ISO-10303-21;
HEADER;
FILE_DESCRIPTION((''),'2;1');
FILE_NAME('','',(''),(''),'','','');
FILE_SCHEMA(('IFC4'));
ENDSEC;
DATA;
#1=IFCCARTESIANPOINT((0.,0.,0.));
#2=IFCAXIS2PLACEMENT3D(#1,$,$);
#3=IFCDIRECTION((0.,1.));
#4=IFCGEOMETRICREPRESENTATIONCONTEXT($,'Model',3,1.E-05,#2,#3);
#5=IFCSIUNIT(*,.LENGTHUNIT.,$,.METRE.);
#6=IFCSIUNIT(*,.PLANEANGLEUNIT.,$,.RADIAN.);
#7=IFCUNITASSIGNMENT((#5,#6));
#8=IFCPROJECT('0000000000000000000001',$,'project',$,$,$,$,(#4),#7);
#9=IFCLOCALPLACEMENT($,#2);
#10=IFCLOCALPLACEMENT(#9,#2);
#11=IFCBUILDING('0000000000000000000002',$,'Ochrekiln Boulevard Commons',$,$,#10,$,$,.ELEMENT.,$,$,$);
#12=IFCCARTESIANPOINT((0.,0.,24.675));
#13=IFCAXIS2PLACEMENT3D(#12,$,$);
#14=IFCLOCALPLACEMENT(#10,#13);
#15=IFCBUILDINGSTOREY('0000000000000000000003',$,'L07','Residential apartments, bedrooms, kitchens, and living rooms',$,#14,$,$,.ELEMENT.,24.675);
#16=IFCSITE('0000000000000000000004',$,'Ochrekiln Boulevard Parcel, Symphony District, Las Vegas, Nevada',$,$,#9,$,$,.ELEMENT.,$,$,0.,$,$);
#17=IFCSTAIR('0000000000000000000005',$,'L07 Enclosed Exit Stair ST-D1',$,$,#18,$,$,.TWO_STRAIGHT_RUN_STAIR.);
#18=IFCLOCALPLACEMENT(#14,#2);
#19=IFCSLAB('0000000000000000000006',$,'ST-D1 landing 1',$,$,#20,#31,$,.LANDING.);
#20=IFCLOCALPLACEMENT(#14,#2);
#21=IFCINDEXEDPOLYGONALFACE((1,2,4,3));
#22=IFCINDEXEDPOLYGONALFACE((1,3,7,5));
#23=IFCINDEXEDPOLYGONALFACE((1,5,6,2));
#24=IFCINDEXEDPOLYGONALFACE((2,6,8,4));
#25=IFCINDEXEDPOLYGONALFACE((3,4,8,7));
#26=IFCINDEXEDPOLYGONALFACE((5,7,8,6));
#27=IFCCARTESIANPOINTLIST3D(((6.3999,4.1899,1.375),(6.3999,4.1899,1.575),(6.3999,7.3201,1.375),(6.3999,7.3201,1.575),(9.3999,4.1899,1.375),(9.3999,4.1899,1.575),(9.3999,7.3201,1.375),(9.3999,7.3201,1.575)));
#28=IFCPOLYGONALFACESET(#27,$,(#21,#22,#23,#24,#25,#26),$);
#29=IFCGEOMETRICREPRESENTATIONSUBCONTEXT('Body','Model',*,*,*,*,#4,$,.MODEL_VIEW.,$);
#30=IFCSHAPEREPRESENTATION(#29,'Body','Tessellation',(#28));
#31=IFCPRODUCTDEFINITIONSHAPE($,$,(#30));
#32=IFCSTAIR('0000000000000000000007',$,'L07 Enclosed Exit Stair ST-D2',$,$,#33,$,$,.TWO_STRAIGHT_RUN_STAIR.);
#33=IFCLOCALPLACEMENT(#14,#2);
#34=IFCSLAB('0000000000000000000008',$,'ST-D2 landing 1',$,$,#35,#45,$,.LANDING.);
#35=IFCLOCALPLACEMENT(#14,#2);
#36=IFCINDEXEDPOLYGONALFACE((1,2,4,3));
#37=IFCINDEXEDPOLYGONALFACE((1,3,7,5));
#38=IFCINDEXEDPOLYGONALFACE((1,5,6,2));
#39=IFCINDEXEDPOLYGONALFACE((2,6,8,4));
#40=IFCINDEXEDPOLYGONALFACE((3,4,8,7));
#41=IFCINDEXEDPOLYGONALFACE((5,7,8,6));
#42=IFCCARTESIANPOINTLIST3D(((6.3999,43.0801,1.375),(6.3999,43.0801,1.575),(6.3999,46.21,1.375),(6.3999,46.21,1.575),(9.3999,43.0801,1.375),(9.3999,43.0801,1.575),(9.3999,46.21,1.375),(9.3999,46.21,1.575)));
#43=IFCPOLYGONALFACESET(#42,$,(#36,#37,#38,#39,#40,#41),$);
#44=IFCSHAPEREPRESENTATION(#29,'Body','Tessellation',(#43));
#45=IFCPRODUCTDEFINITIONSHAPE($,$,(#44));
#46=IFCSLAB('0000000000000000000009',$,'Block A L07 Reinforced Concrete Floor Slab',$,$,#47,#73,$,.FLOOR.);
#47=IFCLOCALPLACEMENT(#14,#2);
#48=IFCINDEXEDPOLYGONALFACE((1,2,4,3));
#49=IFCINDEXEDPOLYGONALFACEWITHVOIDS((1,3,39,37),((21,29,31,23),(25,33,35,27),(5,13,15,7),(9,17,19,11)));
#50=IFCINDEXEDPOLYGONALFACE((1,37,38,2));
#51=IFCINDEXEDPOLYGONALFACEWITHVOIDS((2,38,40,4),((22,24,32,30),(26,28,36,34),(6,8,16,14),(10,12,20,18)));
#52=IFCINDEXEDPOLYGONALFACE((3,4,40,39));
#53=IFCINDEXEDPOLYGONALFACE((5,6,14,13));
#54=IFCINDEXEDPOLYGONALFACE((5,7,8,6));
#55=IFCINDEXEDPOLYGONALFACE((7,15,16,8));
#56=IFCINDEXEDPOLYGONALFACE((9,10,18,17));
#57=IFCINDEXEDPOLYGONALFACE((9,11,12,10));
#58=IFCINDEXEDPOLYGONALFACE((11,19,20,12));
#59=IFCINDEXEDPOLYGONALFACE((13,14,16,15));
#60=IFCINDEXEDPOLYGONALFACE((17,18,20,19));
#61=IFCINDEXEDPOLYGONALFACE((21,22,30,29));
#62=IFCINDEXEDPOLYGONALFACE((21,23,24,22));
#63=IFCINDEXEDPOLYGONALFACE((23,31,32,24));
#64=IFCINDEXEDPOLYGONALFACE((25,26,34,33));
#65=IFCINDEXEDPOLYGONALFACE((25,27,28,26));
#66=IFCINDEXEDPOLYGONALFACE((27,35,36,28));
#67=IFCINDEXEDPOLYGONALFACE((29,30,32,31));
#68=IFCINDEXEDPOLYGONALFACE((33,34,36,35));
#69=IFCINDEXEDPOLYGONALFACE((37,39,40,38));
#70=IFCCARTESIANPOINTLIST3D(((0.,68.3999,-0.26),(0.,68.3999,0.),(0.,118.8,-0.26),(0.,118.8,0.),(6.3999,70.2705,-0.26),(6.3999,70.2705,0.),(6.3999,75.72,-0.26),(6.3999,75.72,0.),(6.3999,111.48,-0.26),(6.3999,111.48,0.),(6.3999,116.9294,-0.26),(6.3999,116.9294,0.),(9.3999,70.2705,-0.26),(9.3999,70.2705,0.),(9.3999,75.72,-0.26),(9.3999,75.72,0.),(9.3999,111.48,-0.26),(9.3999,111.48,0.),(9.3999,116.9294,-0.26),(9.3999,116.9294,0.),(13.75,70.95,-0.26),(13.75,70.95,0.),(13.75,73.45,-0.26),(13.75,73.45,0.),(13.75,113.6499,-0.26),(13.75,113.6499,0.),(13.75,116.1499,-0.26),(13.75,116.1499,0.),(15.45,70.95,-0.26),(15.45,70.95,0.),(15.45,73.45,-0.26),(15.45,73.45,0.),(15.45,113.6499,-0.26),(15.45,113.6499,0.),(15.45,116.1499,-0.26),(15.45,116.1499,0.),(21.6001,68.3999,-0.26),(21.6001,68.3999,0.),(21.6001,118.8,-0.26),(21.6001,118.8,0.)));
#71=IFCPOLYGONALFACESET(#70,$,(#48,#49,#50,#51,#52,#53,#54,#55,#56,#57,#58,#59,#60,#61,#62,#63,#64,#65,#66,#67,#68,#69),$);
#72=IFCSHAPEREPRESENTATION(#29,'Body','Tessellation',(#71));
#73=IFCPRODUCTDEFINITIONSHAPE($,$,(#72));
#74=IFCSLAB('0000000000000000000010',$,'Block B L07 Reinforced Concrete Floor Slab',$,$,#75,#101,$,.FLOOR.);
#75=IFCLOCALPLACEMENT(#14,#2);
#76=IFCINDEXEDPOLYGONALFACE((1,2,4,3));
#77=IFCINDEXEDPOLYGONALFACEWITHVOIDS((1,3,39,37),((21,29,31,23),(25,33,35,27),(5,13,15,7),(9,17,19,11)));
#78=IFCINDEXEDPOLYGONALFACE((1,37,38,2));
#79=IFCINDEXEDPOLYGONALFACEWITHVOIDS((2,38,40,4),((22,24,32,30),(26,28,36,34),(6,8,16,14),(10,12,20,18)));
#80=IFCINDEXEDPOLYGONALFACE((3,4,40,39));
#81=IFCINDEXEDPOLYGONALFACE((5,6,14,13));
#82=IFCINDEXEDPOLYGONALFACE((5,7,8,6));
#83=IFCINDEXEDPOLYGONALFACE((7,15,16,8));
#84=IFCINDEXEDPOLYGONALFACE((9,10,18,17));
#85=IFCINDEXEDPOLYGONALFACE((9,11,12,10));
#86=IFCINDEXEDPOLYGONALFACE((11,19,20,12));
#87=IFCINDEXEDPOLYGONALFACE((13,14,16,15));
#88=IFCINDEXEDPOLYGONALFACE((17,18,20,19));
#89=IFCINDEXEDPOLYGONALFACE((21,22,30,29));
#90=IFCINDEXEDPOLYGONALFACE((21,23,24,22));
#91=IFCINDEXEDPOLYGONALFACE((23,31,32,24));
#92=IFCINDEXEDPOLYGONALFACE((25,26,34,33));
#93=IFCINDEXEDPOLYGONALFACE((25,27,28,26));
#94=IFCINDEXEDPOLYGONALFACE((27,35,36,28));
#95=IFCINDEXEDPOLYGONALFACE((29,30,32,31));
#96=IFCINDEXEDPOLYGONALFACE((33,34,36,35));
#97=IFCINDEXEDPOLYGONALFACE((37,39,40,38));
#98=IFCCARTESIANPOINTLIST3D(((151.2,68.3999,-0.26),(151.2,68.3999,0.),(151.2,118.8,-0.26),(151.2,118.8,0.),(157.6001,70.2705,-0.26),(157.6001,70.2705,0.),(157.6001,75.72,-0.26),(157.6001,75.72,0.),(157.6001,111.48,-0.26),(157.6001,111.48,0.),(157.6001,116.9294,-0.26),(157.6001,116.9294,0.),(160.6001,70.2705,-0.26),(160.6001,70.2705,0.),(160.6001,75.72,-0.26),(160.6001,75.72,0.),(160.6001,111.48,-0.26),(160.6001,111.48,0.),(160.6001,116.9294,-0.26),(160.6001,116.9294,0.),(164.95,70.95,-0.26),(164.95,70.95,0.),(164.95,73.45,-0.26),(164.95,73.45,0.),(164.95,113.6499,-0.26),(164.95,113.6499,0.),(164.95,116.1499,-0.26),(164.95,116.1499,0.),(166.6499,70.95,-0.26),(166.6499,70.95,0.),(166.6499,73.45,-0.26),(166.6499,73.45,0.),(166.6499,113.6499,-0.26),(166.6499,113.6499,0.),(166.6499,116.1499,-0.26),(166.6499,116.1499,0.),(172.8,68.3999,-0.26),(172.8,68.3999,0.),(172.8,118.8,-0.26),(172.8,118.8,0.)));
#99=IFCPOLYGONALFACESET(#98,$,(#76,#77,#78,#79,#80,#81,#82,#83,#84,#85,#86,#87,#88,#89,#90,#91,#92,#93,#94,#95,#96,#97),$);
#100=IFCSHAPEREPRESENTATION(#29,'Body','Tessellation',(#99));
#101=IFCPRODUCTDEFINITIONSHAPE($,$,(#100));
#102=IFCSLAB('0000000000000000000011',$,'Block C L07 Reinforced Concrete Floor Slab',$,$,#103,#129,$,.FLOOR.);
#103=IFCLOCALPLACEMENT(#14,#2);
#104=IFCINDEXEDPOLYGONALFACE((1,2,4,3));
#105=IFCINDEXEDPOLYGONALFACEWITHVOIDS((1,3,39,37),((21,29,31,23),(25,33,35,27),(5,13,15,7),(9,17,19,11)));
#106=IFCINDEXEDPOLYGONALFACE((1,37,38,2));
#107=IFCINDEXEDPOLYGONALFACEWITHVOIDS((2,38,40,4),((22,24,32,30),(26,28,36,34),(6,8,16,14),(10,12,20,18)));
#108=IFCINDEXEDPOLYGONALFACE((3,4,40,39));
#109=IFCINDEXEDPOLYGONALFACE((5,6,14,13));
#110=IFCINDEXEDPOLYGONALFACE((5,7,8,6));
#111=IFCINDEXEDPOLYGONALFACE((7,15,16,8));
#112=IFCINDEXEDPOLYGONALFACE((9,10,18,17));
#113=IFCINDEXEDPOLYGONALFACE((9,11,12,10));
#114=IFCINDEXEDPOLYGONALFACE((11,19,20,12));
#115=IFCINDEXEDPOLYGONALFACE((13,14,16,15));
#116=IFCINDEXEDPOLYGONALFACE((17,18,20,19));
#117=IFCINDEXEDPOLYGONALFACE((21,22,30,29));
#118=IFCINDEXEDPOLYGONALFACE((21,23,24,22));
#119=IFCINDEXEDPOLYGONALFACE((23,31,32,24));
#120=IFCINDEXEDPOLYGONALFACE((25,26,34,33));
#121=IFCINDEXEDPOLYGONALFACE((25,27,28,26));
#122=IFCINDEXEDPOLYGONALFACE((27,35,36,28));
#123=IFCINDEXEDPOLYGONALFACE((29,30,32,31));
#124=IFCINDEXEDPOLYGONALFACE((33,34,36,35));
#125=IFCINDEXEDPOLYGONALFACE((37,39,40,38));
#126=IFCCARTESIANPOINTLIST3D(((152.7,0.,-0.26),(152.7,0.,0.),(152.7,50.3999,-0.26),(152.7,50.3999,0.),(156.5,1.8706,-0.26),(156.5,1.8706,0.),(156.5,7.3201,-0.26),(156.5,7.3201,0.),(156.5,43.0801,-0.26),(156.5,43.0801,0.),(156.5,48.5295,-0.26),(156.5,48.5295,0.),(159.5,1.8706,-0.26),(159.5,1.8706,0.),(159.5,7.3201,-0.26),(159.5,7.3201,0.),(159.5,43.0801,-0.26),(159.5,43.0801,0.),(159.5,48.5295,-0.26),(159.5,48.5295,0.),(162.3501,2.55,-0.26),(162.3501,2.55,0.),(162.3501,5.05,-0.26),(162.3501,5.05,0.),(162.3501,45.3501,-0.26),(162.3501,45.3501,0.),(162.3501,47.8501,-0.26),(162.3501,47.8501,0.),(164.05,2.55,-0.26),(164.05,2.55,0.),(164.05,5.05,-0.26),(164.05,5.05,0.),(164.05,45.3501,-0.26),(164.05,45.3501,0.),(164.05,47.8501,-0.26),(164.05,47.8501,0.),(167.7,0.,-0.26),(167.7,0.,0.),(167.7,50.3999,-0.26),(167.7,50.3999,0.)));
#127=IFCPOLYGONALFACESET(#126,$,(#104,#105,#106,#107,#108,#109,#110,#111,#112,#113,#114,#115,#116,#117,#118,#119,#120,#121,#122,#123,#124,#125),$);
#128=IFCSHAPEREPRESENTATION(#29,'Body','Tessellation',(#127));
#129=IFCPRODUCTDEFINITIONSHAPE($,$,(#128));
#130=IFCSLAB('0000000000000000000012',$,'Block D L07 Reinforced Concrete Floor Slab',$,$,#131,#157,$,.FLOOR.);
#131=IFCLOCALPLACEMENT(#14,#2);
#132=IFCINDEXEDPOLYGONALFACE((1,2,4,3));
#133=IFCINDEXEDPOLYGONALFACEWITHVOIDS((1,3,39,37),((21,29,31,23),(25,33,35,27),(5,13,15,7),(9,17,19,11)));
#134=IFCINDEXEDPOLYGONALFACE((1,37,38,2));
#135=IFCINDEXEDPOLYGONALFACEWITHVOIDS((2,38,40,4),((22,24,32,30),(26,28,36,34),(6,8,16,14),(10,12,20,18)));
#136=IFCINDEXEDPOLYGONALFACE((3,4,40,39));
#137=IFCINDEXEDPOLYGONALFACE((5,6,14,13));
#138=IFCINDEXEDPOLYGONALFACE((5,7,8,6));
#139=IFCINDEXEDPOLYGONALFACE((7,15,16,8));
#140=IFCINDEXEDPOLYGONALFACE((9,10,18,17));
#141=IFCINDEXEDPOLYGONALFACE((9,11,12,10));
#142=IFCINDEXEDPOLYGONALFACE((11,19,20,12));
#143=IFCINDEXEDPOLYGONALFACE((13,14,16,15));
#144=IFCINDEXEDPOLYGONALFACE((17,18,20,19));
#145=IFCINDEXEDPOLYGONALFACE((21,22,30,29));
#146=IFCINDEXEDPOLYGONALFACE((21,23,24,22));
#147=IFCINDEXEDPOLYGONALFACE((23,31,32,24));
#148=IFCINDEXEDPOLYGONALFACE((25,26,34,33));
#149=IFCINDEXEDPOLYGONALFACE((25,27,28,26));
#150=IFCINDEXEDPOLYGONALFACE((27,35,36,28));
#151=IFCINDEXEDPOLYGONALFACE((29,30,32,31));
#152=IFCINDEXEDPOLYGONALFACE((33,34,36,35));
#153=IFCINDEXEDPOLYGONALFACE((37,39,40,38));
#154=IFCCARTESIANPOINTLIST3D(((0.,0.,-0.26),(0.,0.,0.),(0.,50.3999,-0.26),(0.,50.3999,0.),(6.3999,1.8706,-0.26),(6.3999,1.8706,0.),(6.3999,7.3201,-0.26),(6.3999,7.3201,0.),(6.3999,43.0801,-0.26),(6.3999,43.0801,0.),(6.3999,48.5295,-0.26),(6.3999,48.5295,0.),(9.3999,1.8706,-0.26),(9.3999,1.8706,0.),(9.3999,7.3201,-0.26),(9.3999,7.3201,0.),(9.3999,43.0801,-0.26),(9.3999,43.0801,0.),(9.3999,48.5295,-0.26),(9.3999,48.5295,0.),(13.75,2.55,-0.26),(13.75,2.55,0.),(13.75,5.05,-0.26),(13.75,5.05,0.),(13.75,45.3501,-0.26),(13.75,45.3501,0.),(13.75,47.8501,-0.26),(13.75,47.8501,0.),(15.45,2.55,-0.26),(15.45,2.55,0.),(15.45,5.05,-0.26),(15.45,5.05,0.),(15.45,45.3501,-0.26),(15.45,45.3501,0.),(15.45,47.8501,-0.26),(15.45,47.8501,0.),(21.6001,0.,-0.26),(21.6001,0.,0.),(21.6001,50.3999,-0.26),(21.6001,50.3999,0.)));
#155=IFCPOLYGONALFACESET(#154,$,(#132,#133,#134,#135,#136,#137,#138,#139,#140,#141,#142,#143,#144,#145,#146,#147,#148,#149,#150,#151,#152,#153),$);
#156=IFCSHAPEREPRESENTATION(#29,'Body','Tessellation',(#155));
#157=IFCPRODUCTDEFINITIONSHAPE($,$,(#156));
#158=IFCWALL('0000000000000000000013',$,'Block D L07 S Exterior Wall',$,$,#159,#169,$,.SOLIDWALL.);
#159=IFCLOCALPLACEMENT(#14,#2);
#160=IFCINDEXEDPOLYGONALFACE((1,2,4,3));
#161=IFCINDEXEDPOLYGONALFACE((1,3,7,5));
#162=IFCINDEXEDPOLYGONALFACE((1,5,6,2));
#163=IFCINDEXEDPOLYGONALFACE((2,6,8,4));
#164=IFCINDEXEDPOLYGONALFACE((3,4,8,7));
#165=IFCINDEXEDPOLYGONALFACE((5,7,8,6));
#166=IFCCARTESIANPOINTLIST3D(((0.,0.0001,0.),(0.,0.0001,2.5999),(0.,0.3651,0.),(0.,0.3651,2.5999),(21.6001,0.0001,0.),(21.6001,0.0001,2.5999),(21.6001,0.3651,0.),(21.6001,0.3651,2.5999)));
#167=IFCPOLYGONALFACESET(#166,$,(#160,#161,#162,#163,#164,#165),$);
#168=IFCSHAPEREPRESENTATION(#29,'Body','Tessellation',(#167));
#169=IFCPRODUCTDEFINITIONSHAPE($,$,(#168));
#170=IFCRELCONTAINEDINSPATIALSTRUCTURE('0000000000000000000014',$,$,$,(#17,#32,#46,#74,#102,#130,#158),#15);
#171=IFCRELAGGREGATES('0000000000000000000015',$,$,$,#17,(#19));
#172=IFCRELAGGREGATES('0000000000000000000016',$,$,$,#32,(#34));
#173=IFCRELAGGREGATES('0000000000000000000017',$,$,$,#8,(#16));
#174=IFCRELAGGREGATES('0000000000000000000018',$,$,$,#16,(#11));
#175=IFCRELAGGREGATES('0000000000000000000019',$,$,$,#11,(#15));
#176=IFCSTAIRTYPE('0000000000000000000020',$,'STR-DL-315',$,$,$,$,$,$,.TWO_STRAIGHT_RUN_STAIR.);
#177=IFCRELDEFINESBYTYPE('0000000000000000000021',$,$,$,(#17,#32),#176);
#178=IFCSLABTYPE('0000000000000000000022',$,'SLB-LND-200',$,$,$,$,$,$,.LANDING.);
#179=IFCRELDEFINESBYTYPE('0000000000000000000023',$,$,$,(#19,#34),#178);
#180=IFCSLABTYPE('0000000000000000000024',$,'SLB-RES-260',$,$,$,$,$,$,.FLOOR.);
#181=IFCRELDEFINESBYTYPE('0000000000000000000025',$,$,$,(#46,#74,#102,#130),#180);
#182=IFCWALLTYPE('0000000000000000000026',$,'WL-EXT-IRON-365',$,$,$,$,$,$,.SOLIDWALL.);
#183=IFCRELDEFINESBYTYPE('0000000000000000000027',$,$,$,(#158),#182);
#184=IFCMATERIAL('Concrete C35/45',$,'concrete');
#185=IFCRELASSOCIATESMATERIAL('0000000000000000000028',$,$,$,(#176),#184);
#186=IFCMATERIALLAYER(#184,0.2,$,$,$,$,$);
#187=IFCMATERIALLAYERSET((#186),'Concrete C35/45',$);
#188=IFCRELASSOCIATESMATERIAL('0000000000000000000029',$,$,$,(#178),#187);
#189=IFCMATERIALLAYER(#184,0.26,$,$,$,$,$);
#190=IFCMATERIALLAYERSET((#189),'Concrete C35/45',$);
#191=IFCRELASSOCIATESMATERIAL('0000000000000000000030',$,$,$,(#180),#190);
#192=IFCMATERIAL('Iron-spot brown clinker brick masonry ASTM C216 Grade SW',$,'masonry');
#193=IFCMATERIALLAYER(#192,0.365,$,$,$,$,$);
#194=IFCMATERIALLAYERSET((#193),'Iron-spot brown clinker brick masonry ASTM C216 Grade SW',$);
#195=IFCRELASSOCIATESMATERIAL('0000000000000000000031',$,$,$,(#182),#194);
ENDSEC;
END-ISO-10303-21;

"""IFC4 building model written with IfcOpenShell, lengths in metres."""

from ifc_helpers import new_model, si_unit, direction, frame, frame_2d, origin, place, context, subcontext, project, spatial, polyline, rectangle, outline, extrude, material, layer, layer_set, type_object, element, aggregate, save


model = new_model("IFC4")

# Units and contexts
model_context = context("Model", 3, precision=1e-05, world=origin(), true_north=direction((0.0, 1.0)))
body_context = subcontext(model_context, "Body", "Model", "MODEL_VIEW")
ifc_project = project(units=[si_unit("LENGTHUNIT", "METRE"), si_unit("PLANEANGLEUNIT", "RADIAN")], contexts=[model_context])

# Site, building, storey
site_placement = place(None, origin())
site = spatial("IfcSite", under=ifc_project, at=site_placement, Name="Ochrekiln Boulevard Parcel, Symphony District, Las Vegas, Nevada", CompositionType="ELEMENT", RefElevation=0.0)
building_placement = place(site_placement, origin())
building = spatial("IfcBuilding", under=site, at=building_placement, Name="Ochrekiln Boulevard Commons", CompositionType="ELEMENT")
storey_placement = place(building_placement, frame((0.0, 0.0, 24.675)))
storey = spatial("IfcBuildingStorey", under=building, at=storey_placement, Name="L07", Description="Residential apartments, bedrooms, kitchens, and living rooms", CompositionType="ELEMENT", Elevation=24.675)

# Shared definitions
ifc_material_1 = material(Name="Concrete C35/45", Category="concrete")

# Stairs, slabs
stair_type = type_object("IfcStairType", Name="STR-DL-315", PredefinedType="TWO_STRAIGHT_RUN_STAIR", material=ifc_material_1)
ifc_layer_1 = layer(ifc_material_1, 0.2)
ifc_layer_set_1 = layer_set([ifc_layer_1], Name="Concrete C35/45")
slab_type_1 = type_object("IfcSlabType", Name="SLB-LND-200", PredefinedType="LANDING", material=ifc_layer_set_1)
stair_1_placement = place(storey_placement, origin())
stair_1 = element("IfcStair", 1, at=stair_1_placement, inside=storey, type_object=stair_type, Name="L07 Enclosed Exit Stair ST-D1", PredefinedType="TWO_STRAIGHT_RUN_STAIR")
slab_1_placement = place(storey_placement, frame((0.0, 0.0, 1.375)))
slab_1 = element("IfcSlab", 2, at=slab_1_placement, type_object=slab_type_1, Name="ST-D1 landing 1", PredefinedType="LANDING", context=body_context, shape_type="SweptSolid", body=[
    extrude(outline(polyline([(9.3999, 4.1899), (9.3999, 7.3201), (6.3999, 7.3201), (6.3999, 4.1899), (9.3999, 4.1899)])), origin(), (0.0, 0.0, 1.0), 0.2),
])
aggregate(stair_1, [slab_1])
stair_2_placement = place(storey_placement, origin())
stair_2 = element("IfcStair", 3, at=stair_2_placement, inside=storey, type_object=stair_type, Name="L07 Enclosed Exit Stair ST-D2", PredefinedType="TWO_STRAIGHT_RUN_STAIR")
slab_2_placement = place(storey_placement, frame((0.0, 0.0, 1.375)))
slab_2 = element("IfcSlab", 4, at=slab_2_placement, type_object=slab_type_1, Name="ST-D2 landing 1", PredefinedType="LANDING", context=body_context, shape_type="SweptSolid", body=[
    extrude(outline(polyline([(6.3999, 46.21), (6.3999, 43.0801), (9.3999, 43.0801), (9.3999, 46.21), (6.3999, 46.21)])), origin(), (0.0, 0.0, 1.0), 0.2),
])
aggregate(stair_2, [slab_2])

# Slabs
ifc_layer_2 = layer(ifc_material_1, 0.26)
ifc_layer_set_2 = layer_set([ifc_layer_2], Name="Concrete C35/45")
slab_type_2 = type_object("IfcSlabType", Name="SLB-RES-260", PredefinedType="FLOOR", material=ifc_layer_set_2)
slab_3_placement = place(storey_placement, frame((0.0, 0.0, -0.26)))
element("IfcSlab", 5, at=slab_3_placement, inside=storey, type_object=slab_type_2, Name="Block A L07 Reinforced Concrete Floor Slab", PredefinedType="FLOOR", context=body_context, shape_type="SweptSolid", body=[
    extrude(outline(polyline([(0.0, 68.3999), (21.6001, 68.3999), (21.6001, 118.8), (0.0, 118.8), (0.0, 68.3999)]), holes=[polyline([(9.3999, 70.2705), (9.3999, 75.72), (6.3999, 75.72), (6.3999, 70.2705), (9.3999, 70.2705)]), polyline([(6.3999, 116.9294), (6.3999, 111.48), (9.3999, 111.48), (9.3999, 116.9294), (6.3999, 116.9294)]), polyline([(13.75, 70.95), (15.45, 70.95), (15.45, 73.45), (13.75, 73.45), (13.75, 70.95)]), polyline([(13.75, 113.6499), (15.45, 113.6499), (15.45, 116.1499), (13.75, 116.1499), (13.75, 113.6499)])]), origin(), (0.0, 0.0, 1.0), 0.26),
])
slab_4_placement = place(storey_placement, frame((0.0, 0.0, -0.26)))
element("IfcSlab", 6, at=slab_4_placement, inside=storey, type_object=slab_type_2, Name="Block B L07 Reinforced Concrete Floor Slab", PredefinedType="FLOOR", context=body_context, shape_type="SweptSolid", body=[
    extrude(outline(polyline([(151.2, 68.3999), (172.8, 68.3999), (172.8, 118.8), (151.2, 118.8), (151.2, 68.3999)]), holes=[polyline([(160.6001, 70.2705), (160.6001, 75.72), (157.6001, 75.72), (157.6001, 70.2705), (160.6001, 70.2705)]), polyline([(157.6001, 116.9294), (157.6001, 111.48), (160.6001, 111.48), (160.6001, 116.9294), (157.6001, 116.9294)]), polyline([(164.95, 70.95), (166.6499, 70.95), (166.6499, 73.45), (164.95, 73.45), (164.95, 70.95)]), polyline([(164.95, 113.6499), (166.6499, 113.6499), (166.6499, 116.1499), (164.95, 116.1499), (164.95, 113.6499)])]), origin(), (0.0, 0.0, 1.0), 0.26),
])
slab_5_placement = place(storey_placement, frame((0.0, 0.0, -0.26)))
element("IfcSlab", 7, at=slab_5_placement, inside=storey, type_object=slab_type_2, Name="Block C L07 Reinforced Concrete Floor Slab", PredefinedType="FLOOR", context=body_context, shape_type="SweptSolid", body=[
    extrude(outline(polyline([(152.7, 0.0), (167.7, 0.0), (167.7, 50.3999), (152.7, 50.3999), (152.7, 0.0)]), holes=[polyline([(159.5, 1.8706), (159.5, 7.3201), (156.5, 7.3201), (156.5, 1.8706), (159.5, 1.8706)]), polyline([(156.5, 48.5295), (156.5, 43.0801), (159.5, 43.0801), (159.5, 48.5295), (156.5, 48.5295)]), polyline([(162.3501, 2.55), (164.05, 2.55), (164.05, 5.05), (162.3501, 5.05), (162.3501, 2.55)]), polyline([(162.3501, 45.3501), (164.05, 45.3501), (164.05, 47.8501), (162.3501, 47.8501), (162.3501, 45.3501)])]), origin(), (0.0, 0.0, 1.0), 0.26),
])
slab_6_placement = place(storey_placement, frame((0.0, 0.0, -0.26)))
element("IfcSlab", 8, at=slab_6_placement, inside=storey, type_object=slab_type_2, Name="Block D L07 Reinforced Concrete Floor Slab", PredefinedType="FLOOR", context=body_context, shape_type="SweptSolid", body=[
    extrude(outline(polyline([(0.0, 0.0), (21.6001, 0.0), (21.6001, 50.3999), (0.0, 50.3999), (0.0, 0.0)]), holes=[polyline([(9.3999, 1.8706), (9.3999, 7.3201), (6.3999, 7.3201), (6.3999, 1.8706), (9.3999, 1.8706)]), polyline([(6.3999, 48.5295), (6.3999, 43.0801), (9.3999, 43.0801), (9.3999, 48.5295), (6.3999, 48.5295)]), polyline([(13.75, 2.55), (15.45, 2.55), (15.45, 5.05), (13.75, 5.05), (13.75, 2.55)]), polyline([(13.75, 45.3501), (15.45, 45.3501), (15.45, 47.8501), (13.75, 47.8501), (13.75, 45.3501)])]), origin(), (0.0, 0.0, 1.0), 0.26),
])

# Wall
ifc_material_2 = material(Name="Iron-spot brown clinker brick masonry ASTM C216 Grade SW", Category="masonry")
ifc_layer_3 = layer(ifc_material_2, 0.365)
ifc_layer_set_3 = layer_set([ifc_layer_3], Name="Iron-spot brown clinker brick masonry ASTM C216 Grade SW")
wall_type = type_object("IfcWallType", Name="WL-EXT-IRON-365", PredefinedType="SOLIDWALL", material=ifc_layer_set_3)
wall_1_placement = place(storey_placement, frame((0.0, 0.1826, 0.0), z_axis=(0.0, 0.0, 1.0), x_axis=(1.0, 0.0, 0.0)))
element("IfcWall", 9, at=wall_1_placement, inside=storey, type_object=wall_type, Name="Block D L07 S Exterior Wall", PredefinedType="SOLIDWALL", context=body_context, shape_type="SweptSolid", body=[
    extrude(rectangle(XDim=21.6001, YDim=0.365, at=frame_2d((10.8, 0.0))), origin(), (0.0, 0.0, 1.0), 2.5999),
])

save(model, "model.ifc")
